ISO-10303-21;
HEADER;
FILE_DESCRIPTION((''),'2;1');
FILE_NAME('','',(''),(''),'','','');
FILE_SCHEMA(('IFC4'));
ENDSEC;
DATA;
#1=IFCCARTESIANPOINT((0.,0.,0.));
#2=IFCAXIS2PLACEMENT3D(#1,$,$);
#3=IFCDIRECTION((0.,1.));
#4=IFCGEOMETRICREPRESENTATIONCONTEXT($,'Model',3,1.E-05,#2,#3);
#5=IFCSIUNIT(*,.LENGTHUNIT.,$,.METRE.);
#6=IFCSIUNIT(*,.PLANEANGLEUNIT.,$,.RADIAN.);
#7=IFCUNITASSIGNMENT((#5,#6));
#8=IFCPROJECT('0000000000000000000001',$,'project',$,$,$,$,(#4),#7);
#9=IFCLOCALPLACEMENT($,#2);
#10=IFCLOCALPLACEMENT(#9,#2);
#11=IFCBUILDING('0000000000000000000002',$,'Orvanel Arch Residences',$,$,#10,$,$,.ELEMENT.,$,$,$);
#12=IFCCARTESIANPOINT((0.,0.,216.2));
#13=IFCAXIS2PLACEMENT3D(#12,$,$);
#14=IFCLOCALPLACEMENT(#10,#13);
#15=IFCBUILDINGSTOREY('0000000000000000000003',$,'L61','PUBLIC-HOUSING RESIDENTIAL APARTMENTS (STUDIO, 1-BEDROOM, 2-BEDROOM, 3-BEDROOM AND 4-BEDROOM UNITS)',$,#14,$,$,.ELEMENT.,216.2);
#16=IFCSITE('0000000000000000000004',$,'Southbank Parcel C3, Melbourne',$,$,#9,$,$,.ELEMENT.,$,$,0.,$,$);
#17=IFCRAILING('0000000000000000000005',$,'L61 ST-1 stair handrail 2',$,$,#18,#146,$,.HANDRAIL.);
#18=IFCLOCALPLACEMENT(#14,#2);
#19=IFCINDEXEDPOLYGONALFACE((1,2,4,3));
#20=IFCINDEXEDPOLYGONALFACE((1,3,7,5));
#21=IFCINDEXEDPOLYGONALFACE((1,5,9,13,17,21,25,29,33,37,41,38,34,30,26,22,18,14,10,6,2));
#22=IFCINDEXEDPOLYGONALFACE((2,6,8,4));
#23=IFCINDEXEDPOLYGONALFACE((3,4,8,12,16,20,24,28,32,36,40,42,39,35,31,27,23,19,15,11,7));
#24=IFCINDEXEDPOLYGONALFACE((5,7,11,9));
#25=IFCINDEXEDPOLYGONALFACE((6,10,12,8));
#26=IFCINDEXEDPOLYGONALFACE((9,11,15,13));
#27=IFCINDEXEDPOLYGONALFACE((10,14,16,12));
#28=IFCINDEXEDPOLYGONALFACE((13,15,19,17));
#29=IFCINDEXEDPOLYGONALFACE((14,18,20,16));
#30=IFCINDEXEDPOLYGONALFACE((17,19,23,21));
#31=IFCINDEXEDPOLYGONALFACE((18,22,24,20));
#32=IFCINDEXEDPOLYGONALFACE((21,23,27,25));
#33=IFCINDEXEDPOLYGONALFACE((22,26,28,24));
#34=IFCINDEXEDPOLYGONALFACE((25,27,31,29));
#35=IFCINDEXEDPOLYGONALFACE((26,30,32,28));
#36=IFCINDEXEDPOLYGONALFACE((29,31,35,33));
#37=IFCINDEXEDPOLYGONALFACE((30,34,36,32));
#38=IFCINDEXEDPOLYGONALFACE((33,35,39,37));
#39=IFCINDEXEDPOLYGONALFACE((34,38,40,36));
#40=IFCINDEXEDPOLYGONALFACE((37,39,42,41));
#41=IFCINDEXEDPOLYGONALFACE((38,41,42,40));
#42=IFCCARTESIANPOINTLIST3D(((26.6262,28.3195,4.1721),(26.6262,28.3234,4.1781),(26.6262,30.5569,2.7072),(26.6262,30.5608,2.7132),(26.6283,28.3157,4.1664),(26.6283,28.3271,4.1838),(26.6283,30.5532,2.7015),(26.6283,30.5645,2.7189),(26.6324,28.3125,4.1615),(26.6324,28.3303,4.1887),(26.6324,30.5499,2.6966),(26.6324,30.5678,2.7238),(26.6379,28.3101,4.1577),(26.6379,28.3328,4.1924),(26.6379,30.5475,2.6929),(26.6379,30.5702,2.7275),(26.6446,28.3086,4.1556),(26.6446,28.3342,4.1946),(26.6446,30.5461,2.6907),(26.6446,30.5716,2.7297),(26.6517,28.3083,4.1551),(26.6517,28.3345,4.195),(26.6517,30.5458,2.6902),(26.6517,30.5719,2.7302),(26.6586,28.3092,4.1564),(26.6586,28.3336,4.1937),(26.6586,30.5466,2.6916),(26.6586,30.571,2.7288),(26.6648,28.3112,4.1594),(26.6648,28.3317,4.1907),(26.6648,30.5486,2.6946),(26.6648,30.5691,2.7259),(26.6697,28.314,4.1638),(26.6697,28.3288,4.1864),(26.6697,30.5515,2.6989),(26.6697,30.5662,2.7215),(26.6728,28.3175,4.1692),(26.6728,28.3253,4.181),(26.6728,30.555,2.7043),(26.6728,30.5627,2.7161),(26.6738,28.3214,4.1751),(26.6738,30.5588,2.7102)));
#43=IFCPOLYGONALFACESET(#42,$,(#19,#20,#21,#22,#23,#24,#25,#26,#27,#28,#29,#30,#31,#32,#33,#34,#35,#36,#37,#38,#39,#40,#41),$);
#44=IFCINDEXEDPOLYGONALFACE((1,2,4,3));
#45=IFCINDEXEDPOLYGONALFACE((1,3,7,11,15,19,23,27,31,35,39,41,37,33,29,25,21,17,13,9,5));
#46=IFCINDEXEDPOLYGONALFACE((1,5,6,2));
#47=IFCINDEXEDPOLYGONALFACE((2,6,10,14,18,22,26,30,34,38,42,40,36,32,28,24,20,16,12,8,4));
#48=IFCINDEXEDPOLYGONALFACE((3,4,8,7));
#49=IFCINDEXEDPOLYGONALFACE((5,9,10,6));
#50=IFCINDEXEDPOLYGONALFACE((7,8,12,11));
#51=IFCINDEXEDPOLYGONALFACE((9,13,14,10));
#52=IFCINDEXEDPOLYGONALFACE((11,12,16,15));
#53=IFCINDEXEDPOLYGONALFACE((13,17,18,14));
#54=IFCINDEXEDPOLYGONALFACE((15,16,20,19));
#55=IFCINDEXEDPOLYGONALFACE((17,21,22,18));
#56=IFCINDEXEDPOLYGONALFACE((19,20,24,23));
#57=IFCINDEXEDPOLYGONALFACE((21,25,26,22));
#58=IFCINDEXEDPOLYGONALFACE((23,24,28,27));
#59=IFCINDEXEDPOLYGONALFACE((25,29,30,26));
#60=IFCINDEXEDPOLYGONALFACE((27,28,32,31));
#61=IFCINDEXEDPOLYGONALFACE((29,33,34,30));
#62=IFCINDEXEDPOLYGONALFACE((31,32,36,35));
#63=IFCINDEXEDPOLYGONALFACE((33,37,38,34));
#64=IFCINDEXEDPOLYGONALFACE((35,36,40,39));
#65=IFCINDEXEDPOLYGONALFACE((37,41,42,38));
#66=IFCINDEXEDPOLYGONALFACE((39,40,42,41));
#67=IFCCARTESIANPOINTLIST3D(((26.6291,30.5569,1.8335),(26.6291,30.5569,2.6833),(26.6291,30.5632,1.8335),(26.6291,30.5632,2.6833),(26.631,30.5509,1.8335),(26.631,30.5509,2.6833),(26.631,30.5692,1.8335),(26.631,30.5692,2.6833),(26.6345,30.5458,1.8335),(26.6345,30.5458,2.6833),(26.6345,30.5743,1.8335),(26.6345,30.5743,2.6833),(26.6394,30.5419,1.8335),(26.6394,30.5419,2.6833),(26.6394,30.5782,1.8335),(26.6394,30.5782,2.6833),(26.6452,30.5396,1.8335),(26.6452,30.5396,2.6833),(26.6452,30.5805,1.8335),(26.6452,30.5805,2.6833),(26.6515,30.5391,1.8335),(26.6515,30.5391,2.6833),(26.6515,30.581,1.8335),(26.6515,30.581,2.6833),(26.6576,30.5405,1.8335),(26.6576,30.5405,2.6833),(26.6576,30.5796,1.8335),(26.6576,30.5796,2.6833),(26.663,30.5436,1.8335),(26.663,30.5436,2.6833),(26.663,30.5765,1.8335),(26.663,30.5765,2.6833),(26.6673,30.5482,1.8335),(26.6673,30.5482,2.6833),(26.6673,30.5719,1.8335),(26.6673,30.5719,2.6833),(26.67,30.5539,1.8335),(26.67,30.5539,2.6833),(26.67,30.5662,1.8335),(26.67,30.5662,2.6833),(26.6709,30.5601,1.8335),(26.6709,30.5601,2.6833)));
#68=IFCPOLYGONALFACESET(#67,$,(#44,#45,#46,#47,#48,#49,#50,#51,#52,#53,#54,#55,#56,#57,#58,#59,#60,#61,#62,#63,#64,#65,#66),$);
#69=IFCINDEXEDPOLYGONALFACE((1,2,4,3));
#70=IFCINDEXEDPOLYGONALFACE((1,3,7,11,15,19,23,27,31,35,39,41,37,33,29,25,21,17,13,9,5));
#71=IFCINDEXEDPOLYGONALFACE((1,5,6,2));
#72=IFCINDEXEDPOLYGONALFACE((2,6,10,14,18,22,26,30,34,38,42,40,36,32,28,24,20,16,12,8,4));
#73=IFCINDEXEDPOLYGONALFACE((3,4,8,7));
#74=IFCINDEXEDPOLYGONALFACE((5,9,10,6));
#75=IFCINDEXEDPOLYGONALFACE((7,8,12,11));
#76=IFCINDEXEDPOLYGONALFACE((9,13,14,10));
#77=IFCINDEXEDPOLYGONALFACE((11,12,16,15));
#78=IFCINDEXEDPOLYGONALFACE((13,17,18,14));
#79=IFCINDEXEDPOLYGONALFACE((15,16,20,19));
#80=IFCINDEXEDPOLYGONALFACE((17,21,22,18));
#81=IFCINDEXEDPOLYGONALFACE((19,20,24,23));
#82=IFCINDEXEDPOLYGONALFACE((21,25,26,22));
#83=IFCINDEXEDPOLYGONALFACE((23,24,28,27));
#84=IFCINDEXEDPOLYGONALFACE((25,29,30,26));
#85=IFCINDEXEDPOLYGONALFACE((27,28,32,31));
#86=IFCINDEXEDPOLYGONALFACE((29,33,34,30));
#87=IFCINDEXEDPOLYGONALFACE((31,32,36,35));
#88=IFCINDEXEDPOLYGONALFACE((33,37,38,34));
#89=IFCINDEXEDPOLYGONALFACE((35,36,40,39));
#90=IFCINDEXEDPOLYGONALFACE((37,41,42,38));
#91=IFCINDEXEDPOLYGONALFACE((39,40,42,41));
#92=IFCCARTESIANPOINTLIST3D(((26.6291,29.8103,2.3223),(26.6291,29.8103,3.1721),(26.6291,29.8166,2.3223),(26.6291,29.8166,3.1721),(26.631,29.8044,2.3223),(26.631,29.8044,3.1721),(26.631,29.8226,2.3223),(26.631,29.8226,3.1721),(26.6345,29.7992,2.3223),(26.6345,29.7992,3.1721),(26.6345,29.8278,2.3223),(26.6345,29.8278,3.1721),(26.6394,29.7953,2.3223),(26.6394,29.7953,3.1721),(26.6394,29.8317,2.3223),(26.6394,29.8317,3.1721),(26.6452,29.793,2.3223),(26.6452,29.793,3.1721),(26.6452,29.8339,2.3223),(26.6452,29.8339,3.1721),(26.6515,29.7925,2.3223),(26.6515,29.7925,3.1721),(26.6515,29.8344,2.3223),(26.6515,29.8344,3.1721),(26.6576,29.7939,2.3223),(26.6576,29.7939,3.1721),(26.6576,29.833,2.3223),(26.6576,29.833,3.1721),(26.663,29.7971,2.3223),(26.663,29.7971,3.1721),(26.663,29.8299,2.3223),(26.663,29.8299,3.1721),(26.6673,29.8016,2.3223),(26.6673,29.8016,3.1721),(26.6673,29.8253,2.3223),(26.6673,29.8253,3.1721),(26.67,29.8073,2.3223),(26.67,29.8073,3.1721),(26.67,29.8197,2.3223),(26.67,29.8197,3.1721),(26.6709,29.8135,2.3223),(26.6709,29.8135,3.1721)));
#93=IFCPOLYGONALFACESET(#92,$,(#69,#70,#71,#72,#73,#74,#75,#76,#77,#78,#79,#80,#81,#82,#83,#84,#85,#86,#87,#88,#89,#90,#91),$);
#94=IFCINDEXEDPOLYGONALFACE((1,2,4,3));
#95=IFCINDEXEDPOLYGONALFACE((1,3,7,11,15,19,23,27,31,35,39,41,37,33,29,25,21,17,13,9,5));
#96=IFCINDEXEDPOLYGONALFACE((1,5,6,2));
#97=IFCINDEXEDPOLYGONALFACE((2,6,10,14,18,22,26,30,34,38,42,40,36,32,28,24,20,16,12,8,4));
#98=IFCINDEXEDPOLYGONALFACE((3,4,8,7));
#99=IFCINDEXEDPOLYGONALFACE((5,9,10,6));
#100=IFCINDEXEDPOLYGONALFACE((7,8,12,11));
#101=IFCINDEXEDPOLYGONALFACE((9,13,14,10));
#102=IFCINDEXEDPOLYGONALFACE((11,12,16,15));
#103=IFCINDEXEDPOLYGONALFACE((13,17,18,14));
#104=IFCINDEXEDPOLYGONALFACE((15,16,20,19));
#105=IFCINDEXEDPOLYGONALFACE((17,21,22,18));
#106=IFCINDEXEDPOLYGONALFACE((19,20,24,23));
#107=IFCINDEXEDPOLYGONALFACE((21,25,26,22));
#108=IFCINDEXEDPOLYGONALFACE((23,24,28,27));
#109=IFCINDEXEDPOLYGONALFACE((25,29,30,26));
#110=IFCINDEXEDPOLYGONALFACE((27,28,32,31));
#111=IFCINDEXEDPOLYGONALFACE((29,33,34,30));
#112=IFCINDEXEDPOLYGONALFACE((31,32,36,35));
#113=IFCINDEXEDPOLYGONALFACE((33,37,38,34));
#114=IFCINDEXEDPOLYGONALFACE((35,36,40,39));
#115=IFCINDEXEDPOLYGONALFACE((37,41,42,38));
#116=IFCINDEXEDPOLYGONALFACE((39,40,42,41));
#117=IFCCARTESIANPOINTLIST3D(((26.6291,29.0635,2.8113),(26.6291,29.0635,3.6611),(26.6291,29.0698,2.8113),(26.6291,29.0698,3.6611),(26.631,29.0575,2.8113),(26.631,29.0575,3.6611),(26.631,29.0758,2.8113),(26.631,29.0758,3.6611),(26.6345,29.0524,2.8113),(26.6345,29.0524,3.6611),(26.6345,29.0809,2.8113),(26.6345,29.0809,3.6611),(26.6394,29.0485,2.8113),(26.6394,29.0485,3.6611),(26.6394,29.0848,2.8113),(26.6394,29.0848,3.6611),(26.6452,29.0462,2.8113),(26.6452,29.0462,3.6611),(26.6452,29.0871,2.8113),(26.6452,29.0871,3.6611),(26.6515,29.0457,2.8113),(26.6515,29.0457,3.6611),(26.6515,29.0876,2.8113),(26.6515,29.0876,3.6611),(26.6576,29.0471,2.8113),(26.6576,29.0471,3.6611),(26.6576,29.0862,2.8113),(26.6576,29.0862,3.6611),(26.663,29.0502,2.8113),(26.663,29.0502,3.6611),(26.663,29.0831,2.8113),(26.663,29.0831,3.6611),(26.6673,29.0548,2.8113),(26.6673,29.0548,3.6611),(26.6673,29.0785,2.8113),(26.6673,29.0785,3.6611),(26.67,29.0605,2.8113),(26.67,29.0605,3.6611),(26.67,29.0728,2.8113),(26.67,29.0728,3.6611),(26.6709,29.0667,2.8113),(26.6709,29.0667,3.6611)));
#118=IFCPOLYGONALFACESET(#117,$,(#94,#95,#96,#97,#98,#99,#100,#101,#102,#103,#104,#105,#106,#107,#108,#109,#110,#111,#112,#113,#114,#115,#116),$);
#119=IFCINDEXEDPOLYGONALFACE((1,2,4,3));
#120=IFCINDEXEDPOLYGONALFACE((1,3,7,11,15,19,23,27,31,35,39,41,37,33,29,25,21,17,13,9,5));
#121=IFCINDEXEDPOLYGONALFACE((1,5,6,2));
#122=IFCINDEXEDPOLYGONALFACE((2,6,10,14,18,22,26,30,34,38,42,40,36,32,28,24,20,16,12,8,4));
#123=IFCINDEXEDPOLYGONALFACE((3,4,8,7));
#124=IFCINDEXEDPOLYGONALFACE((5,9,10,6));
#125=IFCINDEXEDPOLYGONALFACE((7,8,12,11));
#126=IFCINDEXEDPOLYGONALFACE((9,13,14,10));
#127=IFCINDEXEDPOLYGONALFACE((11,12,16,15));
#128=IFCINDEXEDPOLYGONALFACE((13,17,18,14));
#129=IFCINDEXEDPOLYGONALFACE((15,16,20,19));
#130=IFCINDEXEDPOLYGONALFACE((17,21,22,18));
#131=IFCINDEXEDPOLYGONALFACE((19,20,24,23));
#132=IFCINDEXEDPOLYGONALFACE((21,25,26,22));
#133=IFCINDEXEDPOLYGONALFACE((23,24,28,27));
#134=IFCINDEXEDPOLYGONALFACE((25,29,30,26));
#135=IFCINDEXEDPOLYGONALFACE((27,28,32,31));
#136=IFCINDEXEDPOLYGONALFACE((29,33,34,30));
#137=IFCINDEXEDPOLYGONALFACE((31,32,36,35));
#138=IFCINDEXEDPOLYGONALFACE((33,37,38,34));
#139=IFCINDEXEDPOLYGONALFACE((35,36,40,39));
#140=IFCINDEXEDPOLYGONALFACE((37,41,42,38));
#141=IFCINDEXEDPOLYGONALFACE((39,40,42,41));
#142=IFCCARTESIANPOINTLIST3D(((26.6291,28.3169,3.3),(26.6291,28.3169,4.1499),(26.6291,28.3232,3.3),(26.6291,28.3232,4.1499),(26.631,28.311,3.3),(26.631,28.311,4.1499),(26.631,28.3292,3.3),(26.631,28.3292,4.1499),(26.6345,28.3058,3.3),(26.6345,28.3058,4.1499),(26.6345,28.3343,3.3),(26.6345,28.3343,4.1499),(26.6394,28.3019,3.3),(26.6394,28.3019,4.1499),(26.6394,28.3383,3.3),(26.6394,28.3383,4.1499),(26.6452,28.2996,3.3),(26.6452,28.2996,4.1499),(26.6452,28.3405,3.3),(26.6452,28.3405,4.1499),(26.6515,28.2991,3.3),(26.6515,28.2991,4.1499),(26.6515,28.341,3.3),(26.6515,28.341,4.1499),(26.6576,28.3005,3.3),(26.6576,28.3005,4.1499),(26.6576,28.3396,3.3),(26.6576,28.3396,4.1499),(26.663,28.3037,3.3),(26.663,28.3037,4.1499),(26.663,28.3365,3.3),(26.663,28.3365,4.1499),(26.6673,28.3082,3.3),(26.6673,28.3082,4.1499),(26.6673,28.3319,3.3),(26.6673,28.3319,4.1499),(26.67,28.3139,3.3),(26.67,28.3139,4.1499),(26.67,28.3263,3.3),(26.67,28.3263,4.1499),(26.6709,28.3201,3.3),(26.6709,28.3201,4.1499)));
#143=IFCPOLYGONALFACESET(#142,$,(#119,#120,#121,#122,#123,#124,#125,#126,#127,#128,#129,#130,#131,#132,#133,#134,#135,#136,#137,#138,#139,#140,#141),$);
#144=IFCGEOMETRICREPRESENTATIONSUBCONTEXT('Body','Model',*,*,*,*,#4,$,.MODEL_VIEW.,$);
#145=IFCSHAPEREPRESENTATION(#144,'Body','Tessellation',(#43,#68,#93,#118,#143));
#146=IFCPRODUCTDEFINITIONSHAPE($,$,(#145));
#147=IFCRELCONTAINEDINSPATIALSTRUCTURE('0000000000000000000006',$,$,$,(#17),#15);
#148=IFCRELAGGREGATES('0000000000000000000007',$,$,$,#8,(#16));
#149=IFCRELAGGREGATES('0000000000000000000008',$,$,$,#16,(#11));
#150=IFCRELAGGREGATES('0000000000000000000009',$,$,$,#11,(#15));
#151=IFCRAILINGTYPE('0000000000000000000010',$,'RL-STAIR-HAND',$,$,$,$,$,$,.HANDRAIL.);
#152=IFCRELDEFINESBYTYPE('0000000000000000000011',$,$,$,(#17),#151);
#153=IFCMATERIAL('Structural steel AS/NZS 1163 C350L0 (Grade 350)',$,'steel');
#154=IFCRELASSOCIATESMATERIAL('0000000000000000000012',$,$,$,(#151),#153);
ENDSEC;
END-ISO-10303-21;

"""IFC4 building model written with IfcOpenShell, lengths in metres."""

from ifc_helpers import new_model, si_unit, direction, frame, origin, origin_2d, place, context, subcontext, project, spatial, circle, extrude, material, type_object, element, save


model = new_model("IFC4")

# Units and contexts
model_context = context("Model", 3, precision=1e-05, world=origin(), true_north=direction((0.0, 1.0)))
body_context = subcontext(model_context, "Body", "Model", "MODEL_VIEW")
ifc_project = project(units=[si_unit("LENGTHUNIT", "METRE"), si_unit("PLANEANGLEUNIT", "RADIAN")], contexts=[model_context])

# Site, building, storey
site_placement = place(None, origin())
site = spatial("IfcSite", under=ifc_project, at=site_placement, Name="Southbank Parcel C3, Melbourne", CompositionType="ELEMENT", RefElevation=0.0)
building_placement = place(site_placement, origin())
building = spatial("IfcBuilding", under=site, at=building_placement, Name="Orvanel Arch Residences", CompositionType="ELEMENT")
storey_placement = place(building_placement, frame((0.0, 0.0, 216.2)))
storey = spatial("IfcBuildingStorey", under=building, at=storey_placement, Name="L61", Description="PUBLIC-HOUSING RESIDENTIAL APARTMENTS (STUDIO, 1-BEDROOM, 2-BEDROOM, 3-BEDROOM AND 4-BEDROOM UNITS)", CompositionType="ELEMENT", Elevation=216.2)

# Railing
ifc_material_1 = material(Name="Structural steel AS/NZS 1163 C350L0 (Grade 350)", Category="steel")
railing_type_1 = type_object("IfcRailingType", Name="RL-STAIR-HAND", PredefinedType="HANDRAIL", material=ifc_material_1)
railing_1_placement = place(storey_placement, frame((26.6499, 30.5601, 1.8335)))
element("IfcRailing", 1, at=railing_1_placement, inside=storey, type_object=railing_type_1, Name="L61 ST-1 stair handrail 2", PredefinedType="HANDRAIL", context=body_context, shape_type="SweptSolid", body=[
    extrude(circle(Radius=0.0239, at=origin_2d()), frame((0.0, -0.0012, 0.8767), z_axis=(0.0, -0.836637, 0.547758), x_axis=(1.0, 0.0, 0.0)), (0.0, 0.0, 1.0), 2.6743),
    extrude(circle(Radius=0.021, at=origin_2d()), origin(), (0.0, 0.0, 1.0), 0.8499),
    extrude(circle(Radius=0.021, at=origin_2d()), frame((0.0, -0.7466, 0.4888)), (0.0, 0.0, 1.0), 0.8499),
    extrude(circle(Radius=0.021, at=origin_2d()), frame((0.0, -1.4934, 0.9778)), (0.0, 0.0, 1.0), 0.8499),
    extrude(circle(Radius=0.021, at=origin_2d()), frame((0.0, -2.24, 1.4666)), (0.0, 0.0, 1.0), 0.8499),
])

save(model, "model.ifc")
